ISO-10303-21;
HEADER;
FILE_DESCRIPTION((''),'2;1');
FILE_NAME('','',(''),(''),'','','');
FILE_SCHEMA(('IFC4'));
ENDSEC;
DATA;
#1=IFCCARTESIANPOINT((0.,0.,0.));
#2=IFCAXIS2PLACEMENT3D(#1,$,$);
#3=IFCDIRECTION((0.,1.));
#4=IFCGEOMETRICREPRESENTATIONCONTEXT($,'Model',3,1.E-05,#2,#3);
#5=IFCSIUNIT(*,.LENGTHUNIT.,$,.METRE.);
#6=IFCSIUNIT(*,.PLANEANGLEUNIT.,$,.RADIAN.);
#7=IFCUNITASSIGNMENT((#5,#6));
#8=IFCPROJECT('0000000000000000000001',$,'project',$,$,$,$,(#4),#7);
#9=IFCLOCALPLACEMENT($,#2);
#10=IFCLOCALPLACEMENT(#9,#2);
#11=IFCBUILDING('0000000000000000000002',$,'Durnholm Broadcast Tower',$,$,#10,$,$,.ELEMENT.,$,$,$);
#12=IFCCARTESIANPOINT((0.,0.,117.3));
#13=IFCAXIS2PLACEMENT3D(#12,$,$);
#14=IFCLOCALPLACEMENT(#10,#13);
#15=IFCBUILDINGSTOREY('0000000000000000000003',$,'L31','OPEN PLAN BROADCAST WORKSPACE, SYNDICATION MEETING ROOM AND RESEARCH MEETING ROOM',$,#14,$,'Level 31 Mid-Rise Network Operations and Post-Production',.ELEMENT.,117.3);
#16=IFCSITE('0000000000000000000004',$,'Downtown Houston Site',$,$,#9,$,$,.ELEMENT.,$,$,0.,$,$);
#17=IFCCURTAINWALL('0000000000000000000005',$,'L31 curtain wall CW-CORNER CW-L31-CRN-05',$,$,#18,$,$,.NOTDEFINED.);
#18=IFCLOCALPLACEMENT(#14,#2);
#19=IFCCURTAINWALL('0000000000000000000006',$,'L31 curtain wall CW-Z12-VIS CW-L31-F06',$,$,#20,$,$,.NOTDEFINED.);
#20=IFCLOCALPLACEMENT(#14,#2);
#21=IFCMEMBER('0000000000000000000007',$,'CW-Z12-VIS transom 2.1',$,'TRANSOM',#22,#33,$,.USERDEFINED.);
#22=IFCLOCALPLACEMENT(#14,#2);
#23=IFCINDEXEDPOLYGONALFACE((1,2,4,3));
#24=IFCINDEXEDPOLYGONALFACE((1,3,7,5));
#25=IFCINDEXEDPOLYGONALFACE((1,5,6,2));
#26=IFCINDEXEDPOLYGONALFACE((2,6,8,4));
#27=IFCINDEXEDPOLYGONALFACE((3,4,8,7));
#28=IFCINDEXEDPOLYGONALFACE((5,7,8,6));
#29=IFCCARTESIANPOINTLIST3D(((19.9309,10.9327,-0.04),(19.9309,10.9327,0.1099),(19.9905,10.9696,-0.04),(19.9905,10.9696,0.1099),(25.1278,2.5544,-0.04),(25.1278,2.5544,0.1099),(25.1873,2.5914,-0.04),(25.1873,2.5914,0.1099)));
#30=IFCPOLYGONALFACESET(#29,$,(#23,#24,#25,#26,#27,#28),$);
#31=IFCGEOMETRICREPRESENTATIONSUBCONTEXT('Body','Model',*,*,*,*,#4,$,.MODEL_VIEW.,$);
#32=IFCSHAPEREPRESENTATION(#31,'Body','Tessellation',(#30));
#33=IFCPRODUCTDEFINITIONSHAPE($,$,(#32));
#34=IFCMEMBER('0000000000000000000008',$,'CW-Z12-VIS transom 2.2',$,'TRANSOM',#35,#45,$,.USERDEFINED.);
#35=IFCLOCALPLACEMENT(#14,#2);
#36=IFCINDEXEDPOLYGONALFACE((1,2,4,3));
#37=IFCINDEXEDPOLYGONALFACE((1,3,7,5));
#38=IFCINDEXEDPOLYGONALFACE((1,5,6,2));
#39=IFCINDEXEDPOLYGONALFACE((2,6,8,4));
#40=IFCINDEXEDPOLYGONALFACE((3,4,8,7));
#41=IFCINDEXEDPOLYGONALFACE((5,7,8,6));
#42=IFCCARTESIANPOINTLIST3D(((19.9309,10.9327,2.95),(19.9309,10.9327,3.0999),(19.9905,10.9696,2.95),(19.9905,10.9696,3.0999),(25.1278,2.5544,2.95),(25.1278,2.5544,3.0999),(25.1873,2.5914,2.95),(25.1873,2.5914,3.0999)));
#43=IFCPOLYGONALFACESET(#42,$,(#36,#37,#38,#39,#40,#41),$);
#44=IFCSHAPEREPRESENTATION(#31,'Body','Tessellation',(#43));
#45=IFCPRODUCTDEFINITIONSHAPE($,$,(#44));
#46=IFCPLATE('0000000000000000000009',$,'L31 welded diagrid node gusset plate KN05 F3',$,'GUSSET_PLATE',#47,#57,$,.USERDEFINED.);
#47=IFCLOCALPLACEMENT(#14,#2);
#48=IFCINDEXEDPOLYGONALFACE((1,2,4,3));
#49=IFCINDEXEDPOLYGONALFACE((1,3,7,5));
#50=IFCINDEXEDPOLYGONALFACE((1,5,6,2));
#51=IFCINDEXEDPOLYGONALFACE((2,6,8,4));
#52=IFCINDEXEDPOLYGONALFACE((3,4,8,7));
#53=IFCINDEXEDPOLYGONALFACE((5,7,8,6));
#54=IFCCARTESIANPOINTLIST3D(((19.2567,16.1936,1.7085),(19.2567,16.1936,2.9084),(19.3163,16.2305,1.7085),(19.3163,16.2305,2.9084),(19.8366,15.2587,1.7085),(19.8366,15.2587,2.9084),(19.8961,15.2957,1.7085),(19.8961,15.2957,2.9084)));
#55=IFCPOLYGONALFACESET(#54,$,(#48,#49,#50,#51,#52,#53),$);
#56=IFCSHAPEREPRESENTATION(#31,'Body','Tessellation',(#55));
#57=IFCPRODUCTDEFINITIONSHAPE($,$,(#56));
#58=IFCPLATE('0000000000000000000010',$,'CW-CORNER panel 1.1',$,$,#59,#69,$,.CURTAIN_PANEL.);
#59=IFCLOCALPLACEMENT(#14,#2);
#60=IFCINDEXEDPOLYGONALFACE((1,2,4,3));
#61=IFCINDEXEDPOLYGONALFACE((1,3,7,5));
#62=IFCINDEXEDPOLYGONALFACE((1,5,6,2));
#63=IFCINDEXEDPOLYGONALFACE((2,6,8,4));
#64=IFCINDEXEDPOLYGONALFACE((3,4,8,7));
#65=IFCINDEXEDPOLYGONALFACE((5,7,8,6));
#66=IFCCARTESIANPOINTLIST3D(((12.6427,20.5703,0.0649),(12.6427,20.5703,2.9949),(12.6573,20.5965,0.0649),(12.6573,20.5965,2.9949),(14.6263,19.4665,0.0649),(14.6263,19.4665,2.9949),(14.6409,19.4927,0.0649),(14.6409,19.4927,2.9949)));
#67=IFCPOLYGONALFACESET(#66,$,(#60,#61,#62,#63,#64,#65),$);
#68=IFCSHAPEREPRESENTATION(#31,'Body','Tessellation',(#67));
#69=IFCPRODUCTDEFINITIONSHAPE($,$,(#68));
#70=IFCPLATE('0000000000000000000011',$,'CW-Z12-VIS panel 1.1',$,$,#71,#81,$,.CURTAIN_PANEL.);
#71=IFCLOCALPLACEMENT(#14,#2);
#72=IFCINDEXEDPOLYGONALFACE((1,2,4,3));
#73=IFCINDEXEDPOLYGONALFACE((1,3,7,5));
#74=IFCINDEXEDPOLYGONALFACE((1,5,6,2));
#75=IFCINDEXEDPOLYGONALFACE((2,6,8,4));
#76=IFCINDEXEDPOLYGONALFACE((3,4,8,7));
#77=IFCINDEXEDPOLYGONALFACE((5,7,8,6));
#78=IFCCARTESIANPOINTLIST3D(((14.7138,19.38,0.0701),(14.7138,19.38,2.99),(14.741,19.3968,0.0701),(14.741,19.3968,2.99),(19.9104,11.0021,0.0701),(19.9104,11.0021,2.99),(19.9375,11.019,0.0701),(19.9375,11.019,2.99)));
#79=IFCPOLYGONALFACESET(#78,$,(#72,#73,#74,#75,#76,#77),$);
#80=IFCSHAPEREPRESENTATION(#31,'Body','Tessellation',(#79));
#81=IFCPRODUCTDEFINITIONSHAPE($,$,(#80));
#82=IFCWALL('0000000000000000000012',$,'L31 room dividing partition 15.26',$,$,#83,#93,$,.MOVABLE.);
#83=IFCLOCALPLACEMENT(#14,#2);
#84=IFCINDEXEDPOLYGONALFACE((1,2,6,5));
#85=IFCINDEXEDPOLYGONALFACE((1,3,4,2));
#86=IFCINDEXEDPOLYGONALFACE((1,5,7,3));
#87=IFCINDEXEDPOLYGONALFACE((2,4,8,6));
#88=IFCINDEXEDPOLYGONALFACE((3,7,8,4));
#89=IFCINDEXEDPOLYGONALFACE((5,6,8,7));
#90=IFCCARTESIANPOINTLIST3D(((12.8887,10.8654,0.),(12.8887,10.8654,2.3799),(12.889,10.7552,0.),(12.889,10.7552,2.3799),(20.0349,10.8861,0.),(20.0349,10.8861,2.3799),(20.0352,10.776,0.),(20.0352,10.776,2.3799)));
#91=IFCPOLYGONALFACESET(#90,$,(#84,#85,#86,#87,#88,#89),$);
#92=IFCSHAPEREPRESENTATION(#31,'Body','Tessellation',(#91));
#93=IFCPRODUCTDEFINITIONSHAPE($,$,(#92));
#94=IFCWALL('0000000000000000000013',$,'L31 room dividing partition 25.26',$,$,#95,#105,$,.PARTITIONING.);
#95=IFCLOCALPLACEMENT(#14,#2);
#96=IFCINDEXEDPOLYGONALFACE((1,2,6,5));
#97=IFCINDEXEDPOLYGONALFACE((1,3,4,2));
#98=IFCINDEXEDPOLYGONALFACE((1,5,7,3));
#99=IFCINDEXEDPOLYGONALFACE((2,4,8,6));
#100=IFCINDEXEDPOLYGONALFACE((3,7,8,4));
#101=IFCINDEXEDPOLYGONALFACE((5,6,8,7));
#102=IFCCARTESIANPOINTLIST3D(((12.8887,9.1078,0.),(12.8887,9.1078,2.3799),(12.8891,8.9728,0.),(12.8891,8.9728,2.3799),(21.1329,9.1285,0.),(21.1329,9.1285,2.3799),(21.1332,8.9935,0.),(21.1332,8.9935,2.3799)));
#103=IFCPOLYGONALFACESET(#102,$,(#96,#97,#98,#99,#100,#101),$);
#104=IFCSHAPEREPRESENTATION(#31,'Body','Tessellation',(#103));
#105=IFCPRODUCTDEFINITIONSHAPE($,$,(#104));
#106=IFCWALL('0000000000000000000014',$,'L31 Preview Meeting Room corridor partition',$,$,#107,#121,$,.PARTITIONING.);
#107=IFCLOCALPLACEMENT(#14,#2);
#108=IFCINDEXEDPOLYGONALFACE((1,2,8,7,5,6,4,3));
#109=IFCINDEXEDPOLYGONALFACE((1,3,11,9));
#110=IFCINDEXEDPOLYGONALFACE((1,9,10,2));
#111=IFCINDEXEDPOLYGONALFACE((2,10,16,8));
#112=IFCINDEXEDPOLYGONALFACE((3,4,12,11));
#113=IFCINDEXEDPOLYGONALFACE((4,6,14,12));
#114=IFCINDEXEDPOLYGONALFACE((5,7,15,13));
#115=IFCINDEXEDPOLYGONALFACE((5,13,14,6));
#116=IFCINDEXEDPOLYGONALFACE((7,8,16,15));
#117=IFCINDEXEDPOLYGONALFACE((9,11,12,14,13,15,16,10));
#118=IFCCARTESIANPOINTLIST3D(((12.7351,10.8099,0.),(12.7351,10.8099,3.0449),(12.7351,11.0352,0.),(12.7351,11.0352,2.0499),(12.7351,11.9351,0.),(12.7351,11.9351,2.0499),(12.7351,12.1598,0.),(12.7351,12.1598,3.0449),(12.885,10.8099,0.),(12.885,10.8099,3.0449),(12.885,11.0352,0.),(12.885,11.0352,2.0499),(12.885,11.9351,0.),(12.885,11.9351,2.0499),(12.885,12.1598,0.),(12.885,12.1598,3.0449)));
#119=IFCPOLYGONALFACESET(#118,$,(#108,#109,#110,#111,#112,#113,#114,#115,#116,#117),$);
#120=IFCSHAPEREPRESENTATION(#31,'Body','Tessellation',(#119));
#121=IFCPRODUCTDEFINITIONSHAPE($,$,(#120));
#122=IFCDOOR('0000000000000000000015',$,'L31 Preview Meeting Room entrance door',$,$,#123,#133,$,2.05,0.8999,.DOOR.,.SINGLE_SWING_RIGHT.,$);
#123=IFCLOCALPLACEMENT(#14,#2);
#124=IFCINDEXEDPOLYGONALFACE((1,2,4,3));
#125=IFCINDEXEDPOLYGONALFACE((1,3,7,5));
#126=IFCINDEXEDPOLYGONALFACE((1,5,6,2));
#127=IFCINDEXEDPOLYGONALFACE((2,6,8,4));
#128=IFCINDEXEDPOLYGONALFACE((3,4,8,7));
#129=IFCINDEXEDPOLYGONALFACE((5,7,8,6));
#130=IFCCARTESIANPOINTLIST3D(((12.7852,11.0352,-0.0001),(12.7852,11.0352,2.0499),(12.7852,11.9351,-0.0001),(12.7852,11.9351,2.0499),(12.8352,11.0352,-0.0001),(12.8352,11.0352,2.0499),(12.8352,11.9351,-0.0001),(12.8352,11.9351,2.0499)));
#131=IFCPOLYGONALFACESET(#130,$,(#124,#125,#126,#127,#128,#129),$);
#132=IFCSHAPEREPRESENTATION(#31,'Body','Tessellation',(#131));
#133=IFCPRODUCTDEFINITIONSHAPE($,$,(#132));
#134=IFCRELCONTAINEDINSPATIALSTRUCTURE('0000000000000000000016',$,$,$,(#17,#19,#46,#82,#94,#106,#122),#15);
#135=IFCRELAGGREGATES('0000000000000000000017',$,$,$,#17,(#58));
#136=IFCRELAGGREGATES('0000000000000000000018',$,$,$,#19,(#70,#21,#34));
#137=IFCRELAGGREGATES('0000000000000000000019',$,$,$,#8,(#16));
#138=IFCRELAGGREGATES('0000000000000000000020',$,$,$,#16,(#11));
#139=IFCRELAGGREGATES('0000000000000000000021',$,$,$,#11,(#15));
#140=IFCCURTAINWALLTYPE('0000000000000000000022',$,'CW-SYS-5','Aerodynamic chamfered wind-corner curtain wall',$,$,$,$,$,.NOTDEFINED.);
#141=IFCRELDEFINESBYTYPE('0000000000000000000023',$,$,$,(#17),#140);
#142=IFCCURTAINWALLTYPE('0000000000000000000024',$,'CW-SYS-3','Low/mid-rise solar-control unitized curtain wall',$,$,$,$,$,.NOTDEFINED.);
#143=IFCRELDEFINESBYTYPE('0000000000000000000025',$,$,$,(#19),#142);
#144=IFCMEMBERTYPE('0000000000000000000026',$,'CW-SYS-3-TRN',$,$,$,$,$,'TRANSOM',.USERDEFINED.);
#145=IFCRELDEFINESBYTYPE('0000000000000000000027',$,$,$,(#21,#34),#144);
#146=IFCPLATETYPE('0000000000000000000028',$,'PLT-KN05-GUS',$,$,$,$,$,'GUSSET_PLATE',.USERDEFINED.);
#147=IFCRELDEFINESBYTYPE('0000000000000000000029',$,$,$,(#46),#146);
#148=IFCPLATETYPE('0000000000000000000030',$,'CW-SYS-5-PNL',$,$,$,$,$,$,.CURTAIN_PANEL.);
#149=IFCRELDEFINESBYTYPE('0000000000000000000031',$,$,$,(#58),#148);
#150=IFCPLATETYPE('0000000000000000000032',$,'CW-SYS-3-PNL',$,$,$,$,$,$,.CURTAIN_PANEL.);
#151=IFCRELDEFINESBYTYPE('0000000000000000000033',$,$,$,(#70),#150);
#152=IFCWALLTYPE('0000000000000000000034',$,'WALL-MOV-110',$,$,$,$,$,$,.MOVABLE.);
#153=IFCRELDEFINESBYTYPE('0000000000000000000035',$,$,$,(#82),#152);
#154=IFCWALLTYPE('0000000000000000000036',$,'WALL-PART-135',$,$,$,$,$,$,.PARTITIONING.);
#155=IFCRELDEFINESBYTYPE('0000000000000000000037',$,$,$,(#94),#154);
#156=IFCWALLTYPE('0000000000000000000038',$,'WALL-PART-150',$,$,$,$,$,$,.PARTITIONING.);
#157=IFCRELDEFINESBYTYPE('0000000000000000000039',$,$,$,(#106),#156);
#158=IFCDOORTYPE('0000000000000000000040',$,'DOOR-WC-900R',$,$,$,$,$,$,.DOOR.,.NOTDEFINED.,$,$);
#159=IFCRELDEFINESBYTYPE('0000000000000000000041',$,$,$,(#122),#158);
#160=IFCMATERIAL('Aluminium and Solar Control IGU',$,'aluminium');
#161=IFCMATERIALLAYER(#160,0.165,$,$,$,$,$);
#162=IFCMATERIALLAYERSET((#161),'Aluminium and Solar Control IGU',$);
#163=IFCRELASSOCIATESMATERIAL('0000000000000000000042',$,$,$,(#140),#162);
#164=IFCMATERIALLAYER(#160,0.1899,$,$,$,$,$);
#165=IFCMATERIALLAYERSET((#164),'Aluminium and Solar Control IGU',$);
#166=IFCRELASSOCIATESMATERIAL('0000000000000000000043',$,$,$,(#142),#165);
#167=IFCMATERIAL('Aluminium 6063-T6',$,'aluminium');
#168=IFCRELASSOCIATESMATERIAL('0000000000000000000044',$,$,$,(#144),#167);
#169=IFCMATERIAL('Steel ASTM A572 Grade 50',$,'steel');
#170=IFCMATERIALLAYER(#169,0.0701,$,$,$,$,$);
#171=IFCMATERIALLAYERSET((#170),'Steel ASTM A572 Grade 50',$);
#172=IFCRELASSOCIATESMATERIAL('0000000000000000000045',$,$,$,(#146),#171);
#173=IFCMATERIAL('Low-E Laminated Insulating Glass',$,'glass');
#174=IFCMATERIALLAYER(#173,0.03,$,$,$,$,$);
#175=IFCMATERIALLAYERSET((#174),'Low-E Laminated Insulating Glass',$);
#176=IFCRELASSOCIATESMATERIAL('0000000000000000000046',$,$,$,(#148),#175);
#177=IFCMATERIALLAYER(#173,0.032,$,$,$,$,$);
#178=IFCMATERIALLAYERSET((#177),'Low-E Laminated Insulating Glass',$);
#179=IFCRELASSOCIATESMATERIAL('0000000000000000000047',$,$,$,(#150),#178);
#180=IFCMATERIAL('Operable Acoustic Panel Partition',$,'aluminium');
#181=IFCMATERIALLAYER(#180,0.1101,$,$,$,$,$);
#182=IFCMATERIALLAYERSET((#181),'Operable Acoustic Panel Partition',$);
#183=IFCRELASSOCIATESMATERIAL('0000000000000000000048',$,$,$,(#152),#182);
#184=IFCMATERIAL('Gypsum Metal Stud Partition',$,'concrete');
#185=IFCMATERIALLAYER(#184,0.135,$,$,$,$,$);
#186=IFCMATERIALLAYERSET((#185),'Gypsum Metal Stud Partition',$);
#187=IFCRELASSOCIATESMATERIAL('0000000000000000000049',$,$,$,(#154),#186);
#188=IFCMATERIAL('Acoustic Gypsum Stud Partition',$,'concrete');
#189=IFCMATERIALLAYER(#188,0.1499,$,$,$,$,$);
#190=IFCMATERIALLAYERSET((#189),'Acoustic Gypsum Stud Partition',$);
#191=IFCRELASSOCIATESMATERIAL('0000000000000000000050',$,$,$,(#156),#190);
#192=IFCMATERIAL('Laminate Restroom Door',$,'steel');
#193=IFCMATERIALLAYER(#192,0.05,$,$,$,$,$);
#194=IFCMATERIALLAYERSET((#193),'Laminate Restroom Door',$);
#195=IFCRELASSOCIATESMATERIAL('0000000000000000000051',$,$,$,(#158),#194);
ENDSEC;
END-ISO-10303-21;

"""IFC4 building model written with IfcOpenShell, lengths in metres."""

from ifc_helpers import new_model, si_unit, direction, frame, frame_2d, origin, origin_2d, place, context, subcontext, project, spatial, rectangle, extrude, source, transform, mapped, material, layer, layer_set, material_profile, profile_set, type_object, type_shapes, element, fill, aggregate, save


model = new_model("IFC4")

# Units and contexts
model_context = context("Model", 3, precision=1e-05, world=origin(), true_north=direction((0.0, 1.0)))
body_context = subcontext(model_context, "Body", "Model", "MODEL_VIEW")
ifc_project = project(units=[si_unit("LENGTHUNIT", "METRE"), si_unit("PLANEANGLEUNIT", "RADIAN")], contexts=[model_context])

# Site, building, storey
site_placement = place(None, origin())
site = spatial("IfcSite", under=ifc_project, at=site_placement, Name="Downtown Houston Site", CompositionType="ELEMENT", RefElevation=0.0)
building_placement = place(site_placement, origin())
building = spatial("IfcBuilding", under=site, at=building_placement, Name="Durnholm Broadcast Tower", CompositionType="ELEMENT")
storey_placement = place(building_placement, frame((0.0, 0.0, 117.3)))
storey = spatial("IfcBuildingStorey", under=building, at=storey_placement, Name="L31", Description="OPEN PLAN BROADCAST WORKSPACE, SYNDICATION MEETING ROOM AND RESEARCH MEETING ROOM", LongName="Level 31 Mid-Rise Network Operations and Post-Production", CompositionType="ELEMENT", Elevation=117.3)

# Curtain wall
ifc_material_1 = material(Name="Aluminium and Solar Control IGU", Category="aluminium")
ifc_layer_1 = layer(ifc_material_1, 0.165)
ifc_layer_set_1 = layer_set([ifc_layer_1], Name="Aluminium and Solar Control IGU")
curtain_wall_type_1 = type_object("IfcCurtainWallType", Name="CW-SYS-5", Description="Aerodynamic chamfered wind-corner curtain wall", PredefinedType="NOTDEFINED", material=ifc_layer_set_1)
curtain_wall_1_placement = place(storey_placement, origin())
curtain_wall_1 = element("IfcCurtainWall", 1, at=curtain_wall_1_placement, inside=storey, type_object=curtain_wall_type_1, Name="L31 curtain wall CW-CORNER CW-L31-CRN-05", PredefinedType="NOTDEFINED")
ifc_material_2 = material(Name="Aluminium 6063-T6", Category="aluminium")

# Curtain wall, members
ifc_layer_2 = layer(ifc_material_1, 0.1899)
ifc_layer_set_2 = layer_set([ifc_layer_2], Name="Aluminium and Solar Control IGU")
curtain_wall_type_2 = type_object("IfcCurtainWallType", Name="CW-SYS-3", Description="Low/mid-rise solar-control unitized curtain wall", PredefinedType="NOTDEFINED", material=ifc_layer_set_2)
curtain_wall_2_placement = place(storey_placement, origin())
curtain_wall_2 = element("IfcCurtainWall", 2, at=curtain_wall_2_placement, inside=storey, type_object=curtain_wall_type_2, Name="L31 curtain wall CW-Z12-VIS CW-L31-F06", PredefinedType="NOTDEFINED")
ifc_material_profile_1 = material_profile(ifc_material_2, rectangle(XDim=0.0701, YDim=0.1499, at=origin_2d()), Name="CWT70X150")
ifc_profile_set_1 = profile_set([ifc_material_profile_1], Name="Aluminium 6063-T6")
member_type_1 = type_object("IfcMemberType", Name="CW-SYS-3-TRN", ElementType="TRANSOM", PredefinedType="USERDEFINED", material=ifc_profile_set_1)
shared_shape_1 = source(origin(), body_context, "Body", "SweptSolid", [
    extrude(rectangle(XDim=0.0701, YDim=0.1499, at=origin_2d()), origin(), (0.0, 0.0, 1.0), 9.8591),
])
member_1_placement = place(storey_placement, frame((19.9607, 10.9512, 0.0349), z_axis=(0.527109, -0.849798, 0.0), x_axis=(0.849798, 0.527109, 0.0)))
member_1 = element("IfcMember", 3, at=member_1_placement, type_object=member_type_1, Name="CW-Z12-VIS transom 2.1", ObjectType="TRANSOM", PredefinedType="USERDEFINED", context=body_context, shape_type="MappedRepresentation", body=[
    mapped(shared_shape_1, transform((0.0, 0.0, 0.0), x_axis=(1.0, 0.0, 0.0), y_axis=(0.0, 1.0, 0.0), z_axis=(0.0, 0.0, 1.0), scale=1.0)),
])
member_2_placement = place(storey_placement, frame((19.9607, 10.9512, 3.0249), z_axis=(0.527109, -0.849798, 0.0), x_axis=(0.849798, 0.527109, 0.0)))
member_2 = element("IfcMember", 4, at=member_2_placement, type_object=member_type_1, Name="CW-Z12-VIS transom 2.2", ObjectType="TRANSOM", PredefinedType="USERDEFINED", context=body_context, shape_type="MappedRepresentation", body=[
    mapped(shared_shape_1, transform((0.0, 0.0, 0.0), x_axis=(1.0, 0.0, 0.0), y_axis=(0.0, 1.0, 0.0), z_axis=(0.0, 0.0, 1.0), scale=1.0)),
])

# Plates
ifc_material_3 = material(Name="Steel ASTM A572 Grade 50", Category="steel")
ifc_layer_3 = layer(ifc_material_3, 0.0701)
ifc_layer_set_3 = layer_set([ifc_layer_3], Name="Steel ASTM A572 Grade 50")
plate_type_1 = type_object("IfcPlateType", Name="PLT-KN05-GUS", ElementType="GUSSET_PLATE", PredefinedType="USERDEFINED", material=ifc_layer_set_3)
shared_shape_2 = source(origin(), body_context, "Body", "SweptSolid", [
    extrude(rectangle(XDim=1.1001, YDim=0.0701, at=origin_2d()), origin(), (0.0, 0.0, 1.0), 1.2),
])
type_shapes(plate_type_1, [shared_shape_2])
plate_1_placement = place(storey_placement, frame((19.5764, 15.7446, 1.7085), z_axis=(0.0, 0.0, 1.0), x_axis=(-0.527104, 0.849801, 0.0)))
element("IfcPlate", 5, at=plate_1_placement, inside=storey, type_object=plate_type_1, Name="L31 welded diagrid node gusset plate KN05 F3", ObjectType="GUSSET_PLATE", PredefinedType="USERDEFINED", context=body_context, shape_type="MappedRepresentation", body=[
    mapped(shared_shape_2, transform((0.0, 0.0, 0.0), x_axis=(1.0, 0.0, 0.0), y_axis=(0.0, 1.0, 0.0), z_axis=(0.0, 0.0, 1.0), scale=1.0)),
])
ifc_material_4 = material(Name="Low-E Laminated Insulating Glass", Category="glass")
ifc_layer_4 = layer(ifc_material_4, 0.03)
ifc_layer_set_4 = layer_set([ifc_layer_4], Name="Low-E Laminated Insulating Glass")
plate_type_2 = type_object("IfcPlateType", Name="CW-SYS-5-PNL", PredefinedType="CURTAIN_PANEL", material=ifc_layer_set_4)
shared_shape_3 = source(origin(), body_context, "Body", "SweptSolid", [
    extrude(rectangle(XDim=2.27, YDim=0.03, at=origin_2d()), origin(), (0.0, 0.0, 1.0), 2.9299),
])
type_shapes(plate_type_2, [shared_shape_3])
plate_2_placement = place(storey_placement, frame((13.6418, 20.0315, 0.0649), z_axis=(0.0, 0.0, 1.0), x_axis=(0.873823, -0.486244, 0.0)))
plate_2 = element("IfcPlate", 6, at=plate_2_placement, type_object=plate_type_2, Name="CW-CORNER panel 1.1", PredefinedType="CURTAIN_PANEL", context=body_context, shape_type="MappedRepresentation", body=[
    mapped(shared_shape_3, transform((0.0, 0.0, 0.0), x_axis=(1.0, 0.0, 0.0), y_axis=(0.0, 1.0, 0.0), z_axis=(0.0, 0.0, 1.0), scale=1.0)),
])
aggregate(curtain_wall_1, [plate_2])
ifc_layer_5 = layer(ifc_material_4, 0.032)
ifc_layer_set_5 = layer_set([ifc_layer_5], Name="Low-E Laminated Insulating Glass")
plate_type_3 = type_object("IfcPlateType", Name="CW-SYS-3-PNL", PredefinedType="CURTAIN_PANEL", material=ifc_layer_set_5)
shared_shape_4 = source(origin(), body_context, "Body", "SweptSolid", [
    extrude(rectangle(XDim=9.8586, YDim=0.032, at=origin_2d()), origin(), (0.0, 0.0, 1.0), 2.9199),
])
type_shapes(plate_type_3, [shared_shape_4])
plate_3_placement = place(storey_placement, frame((17.3257, 15.1995, 0.0701), z_axis=(0.0, 0.0, 1.0), x_axis=(0.527105, -0.8498, 0.0)))
plate_3 = element("IfcPlate", 7, at=plate_3_placement, type_object=plate_type_3, Name="CW-Z12-VIS panel 1.1", PredefinedType="CURTAIN_PANEL", context=body_context, shape_type="MappedRepresentation", body=[
    mapped(shared_shape_4, transform((0.0, 0.0, 0.0), x_axis=(1.0, 0.0, 0.0), y_axis=(0.0, 1.0, 0.0), z_axis=(0.0, 0.0, 1.0), scale=1.0)),
])
aggregate(curtain_wall_2, [plate_3, member_1, member_2])

# Walls
ifc_material_5 = material(Name="Operable Acoustic Panel Partition", Category="aluminium")
ifc_layer_6 = layer(ifc_material_5, 0.1101)
ifc_layer_set_6 = layer_set([ifc_layer_6], Name="Operable Acoustic Panel Partition")
wall_type_1 = type_object("IfcWallType", Name="WALL-MOV-110", PredefinedType="MOVABLE", material=ifc_layer_set_6)
wall_1_placement = place(storey_placement, frame((20.0352, 10.8311, 0.0), z_axis=(0.0, 0.0, 1.0), x_axis=(-0.999996, -0.002904, 0.0)))
element("IfcWall", 8, at=wall_1_placement, inside=storey, type_object=wall_type_1, Name="L31 room dividing partition 15.26", PredefinedType="MOVABLE", context=body_context, shape_type="SweptSolid", body=[
    extrude(rectangle(XDim=7.1462, YDim=0.1101, at=frame_2d((3.5732, 0.0))), origin(), (0.0, 0.0, 1.0), 2.3799),
])
ifc_material_6 = material(Name="Gypsum Metal Stud Partition", Category="concrete")
ifc_layer_7 = layer(ifc_material_6, 0.135)
ifc_layer_set_7 = layer_set([ifc_layer_7], Name="Gypsum Metal Stud Partition")
wall_type_2 = type_object("IfcWallType", Name="WALL-PART-135", PredefinedType="PARTITIONING", material=ifc_layer_set_7)
wall_2_placement = place(storey_placement, frame((12.8889, 9.0403, 0.0), z_axis=(0.0, 0.0, 1.0), x_axis=(0.999997, 0.002517, 0.0)))
element("IfcWall", 9, at=wall_2_placement, inside=storey, type_object=wall_type_2, Name="L31 room dividing partition 25.26", PredefinedType="PARTITIONING", context=body_context, shape_type="SweptSolid", body=[
    extrude(rectangle(XDim=8.2441, YDim=0.135, at=frame_2d((4.1221, 0.0))), origin(), (0.0, 0.0, 1.0), 2.3799),
])

# Wall, opening, door
ifc_material_7 = material(Name="Acoustic Gypsum Stud Partition", Category="concrete")
ifc_layer_8 = layer(ifc_material_7, 0.1499)
ifc_layer_set_8 = layer_set([ifc_layer_8], Name="Acoustic Gypsum Stud Partition")
wall_type_3 = type_object("IfcWallType", Name="WALL-PART-150", PredefinedType="PARTITIONING", material=ifc_layer_set_8)
wall_3_placement = place(storey_placement, frame((12.8101, 10.8101, 0.0), z_axis=(0.0, 0.0, 1.0), x_axis=(0.0, 1.0, 0.0)))
wall_3 = element("IfcWall", 10, at=wall_3_placement, inside=storey, type_object=wall_type_3, Name="L31 Preview Meeting Room corridor partition", PredefinedType="PARTITIONING", context=body_context, shape_type="SweptSolid", body=[
    extrude(rectangle(XDim=1.3499, YDim=0.1499, at=frame_2d((0.6748, 0.0))), origin(), (0.0, 0.0, 1.0), 3.0449),
])
opening_1_placement = place(wall_3_placement, frame((0.2251, 0.0, 0.0)))
opening_1 = element("IfcOpeningElement", 11, at=opening_1_placement, cuts=wall_3, PredefinedType="OPENING", context=body_context, shape_type="SweptSolid", body=[
    extrude(rectangle(XDim=0.8999, YDim=2.05, at=frame_2d((0.45, 1.0249))), frame((0.0, 0.085, 0.0), z_axis=(0.0, -1.0, 0.0), x_axis=(1.0, 0.0, 0.0)), (0.0, 0.0, 1.0), 0.1699),
])
ifc_material_8 = material(Name="Laminate Restroom Door", Category="steel")
ifc_layer_9 = layer(ifc_material_8, 0.05)
ifc_layer_set_9 = layer_set([ifc_layer_9], Name="Laminate Restroom Door")
door_type_1 = type_object("IfcDoorType", Name="DOOR-WC-900R", OperationType="NOTDEFINED", PredefinedType="DOOR", material=ifc_layer_set_9)
shared_shape_5 = source(origin(), body_context, "Body", "SweptSolid", [
    extrude(rectangle(XDim=0.8999, YDim=2.05, at=frame_2d((0.45, 1.0249))), frame((0.0, 0.0249, 0.0), z_axis=(0.0, -1.0, 0.0), x_axis=(1.0, 0.0, 0.0)), (0.0, 0.0, 1.0), 0.05),
])
type_shapes(door_type_1, [shared_shape_5])
door_1_placement = place(opening_1_placement, origin())
door_1 = element("IfcDoor", 12, at=door_1_placement, inside=storey, type_object=door_type_1, Name="L31 Preview Meeting Room entrance door", OperationType="SINGLE_SWING_RIGHT", OverallHeight=2.05, OverallWidth=0.8999, PredefinedType="DOOR", context=body_context, shape_type="MappedRepresentation", body=[
    mapped(shared_shape_5, transform((0.0, 0.0, 0.0), x_axis=(1.0, 0.0, 0.0), y_axis=(0.0, 1.0, 0.0), z_axis=(0.0, 0.0, 1.0), scale=1.0)),
])
fill(opening_1, door_1)

save(model, "model.ifc")
